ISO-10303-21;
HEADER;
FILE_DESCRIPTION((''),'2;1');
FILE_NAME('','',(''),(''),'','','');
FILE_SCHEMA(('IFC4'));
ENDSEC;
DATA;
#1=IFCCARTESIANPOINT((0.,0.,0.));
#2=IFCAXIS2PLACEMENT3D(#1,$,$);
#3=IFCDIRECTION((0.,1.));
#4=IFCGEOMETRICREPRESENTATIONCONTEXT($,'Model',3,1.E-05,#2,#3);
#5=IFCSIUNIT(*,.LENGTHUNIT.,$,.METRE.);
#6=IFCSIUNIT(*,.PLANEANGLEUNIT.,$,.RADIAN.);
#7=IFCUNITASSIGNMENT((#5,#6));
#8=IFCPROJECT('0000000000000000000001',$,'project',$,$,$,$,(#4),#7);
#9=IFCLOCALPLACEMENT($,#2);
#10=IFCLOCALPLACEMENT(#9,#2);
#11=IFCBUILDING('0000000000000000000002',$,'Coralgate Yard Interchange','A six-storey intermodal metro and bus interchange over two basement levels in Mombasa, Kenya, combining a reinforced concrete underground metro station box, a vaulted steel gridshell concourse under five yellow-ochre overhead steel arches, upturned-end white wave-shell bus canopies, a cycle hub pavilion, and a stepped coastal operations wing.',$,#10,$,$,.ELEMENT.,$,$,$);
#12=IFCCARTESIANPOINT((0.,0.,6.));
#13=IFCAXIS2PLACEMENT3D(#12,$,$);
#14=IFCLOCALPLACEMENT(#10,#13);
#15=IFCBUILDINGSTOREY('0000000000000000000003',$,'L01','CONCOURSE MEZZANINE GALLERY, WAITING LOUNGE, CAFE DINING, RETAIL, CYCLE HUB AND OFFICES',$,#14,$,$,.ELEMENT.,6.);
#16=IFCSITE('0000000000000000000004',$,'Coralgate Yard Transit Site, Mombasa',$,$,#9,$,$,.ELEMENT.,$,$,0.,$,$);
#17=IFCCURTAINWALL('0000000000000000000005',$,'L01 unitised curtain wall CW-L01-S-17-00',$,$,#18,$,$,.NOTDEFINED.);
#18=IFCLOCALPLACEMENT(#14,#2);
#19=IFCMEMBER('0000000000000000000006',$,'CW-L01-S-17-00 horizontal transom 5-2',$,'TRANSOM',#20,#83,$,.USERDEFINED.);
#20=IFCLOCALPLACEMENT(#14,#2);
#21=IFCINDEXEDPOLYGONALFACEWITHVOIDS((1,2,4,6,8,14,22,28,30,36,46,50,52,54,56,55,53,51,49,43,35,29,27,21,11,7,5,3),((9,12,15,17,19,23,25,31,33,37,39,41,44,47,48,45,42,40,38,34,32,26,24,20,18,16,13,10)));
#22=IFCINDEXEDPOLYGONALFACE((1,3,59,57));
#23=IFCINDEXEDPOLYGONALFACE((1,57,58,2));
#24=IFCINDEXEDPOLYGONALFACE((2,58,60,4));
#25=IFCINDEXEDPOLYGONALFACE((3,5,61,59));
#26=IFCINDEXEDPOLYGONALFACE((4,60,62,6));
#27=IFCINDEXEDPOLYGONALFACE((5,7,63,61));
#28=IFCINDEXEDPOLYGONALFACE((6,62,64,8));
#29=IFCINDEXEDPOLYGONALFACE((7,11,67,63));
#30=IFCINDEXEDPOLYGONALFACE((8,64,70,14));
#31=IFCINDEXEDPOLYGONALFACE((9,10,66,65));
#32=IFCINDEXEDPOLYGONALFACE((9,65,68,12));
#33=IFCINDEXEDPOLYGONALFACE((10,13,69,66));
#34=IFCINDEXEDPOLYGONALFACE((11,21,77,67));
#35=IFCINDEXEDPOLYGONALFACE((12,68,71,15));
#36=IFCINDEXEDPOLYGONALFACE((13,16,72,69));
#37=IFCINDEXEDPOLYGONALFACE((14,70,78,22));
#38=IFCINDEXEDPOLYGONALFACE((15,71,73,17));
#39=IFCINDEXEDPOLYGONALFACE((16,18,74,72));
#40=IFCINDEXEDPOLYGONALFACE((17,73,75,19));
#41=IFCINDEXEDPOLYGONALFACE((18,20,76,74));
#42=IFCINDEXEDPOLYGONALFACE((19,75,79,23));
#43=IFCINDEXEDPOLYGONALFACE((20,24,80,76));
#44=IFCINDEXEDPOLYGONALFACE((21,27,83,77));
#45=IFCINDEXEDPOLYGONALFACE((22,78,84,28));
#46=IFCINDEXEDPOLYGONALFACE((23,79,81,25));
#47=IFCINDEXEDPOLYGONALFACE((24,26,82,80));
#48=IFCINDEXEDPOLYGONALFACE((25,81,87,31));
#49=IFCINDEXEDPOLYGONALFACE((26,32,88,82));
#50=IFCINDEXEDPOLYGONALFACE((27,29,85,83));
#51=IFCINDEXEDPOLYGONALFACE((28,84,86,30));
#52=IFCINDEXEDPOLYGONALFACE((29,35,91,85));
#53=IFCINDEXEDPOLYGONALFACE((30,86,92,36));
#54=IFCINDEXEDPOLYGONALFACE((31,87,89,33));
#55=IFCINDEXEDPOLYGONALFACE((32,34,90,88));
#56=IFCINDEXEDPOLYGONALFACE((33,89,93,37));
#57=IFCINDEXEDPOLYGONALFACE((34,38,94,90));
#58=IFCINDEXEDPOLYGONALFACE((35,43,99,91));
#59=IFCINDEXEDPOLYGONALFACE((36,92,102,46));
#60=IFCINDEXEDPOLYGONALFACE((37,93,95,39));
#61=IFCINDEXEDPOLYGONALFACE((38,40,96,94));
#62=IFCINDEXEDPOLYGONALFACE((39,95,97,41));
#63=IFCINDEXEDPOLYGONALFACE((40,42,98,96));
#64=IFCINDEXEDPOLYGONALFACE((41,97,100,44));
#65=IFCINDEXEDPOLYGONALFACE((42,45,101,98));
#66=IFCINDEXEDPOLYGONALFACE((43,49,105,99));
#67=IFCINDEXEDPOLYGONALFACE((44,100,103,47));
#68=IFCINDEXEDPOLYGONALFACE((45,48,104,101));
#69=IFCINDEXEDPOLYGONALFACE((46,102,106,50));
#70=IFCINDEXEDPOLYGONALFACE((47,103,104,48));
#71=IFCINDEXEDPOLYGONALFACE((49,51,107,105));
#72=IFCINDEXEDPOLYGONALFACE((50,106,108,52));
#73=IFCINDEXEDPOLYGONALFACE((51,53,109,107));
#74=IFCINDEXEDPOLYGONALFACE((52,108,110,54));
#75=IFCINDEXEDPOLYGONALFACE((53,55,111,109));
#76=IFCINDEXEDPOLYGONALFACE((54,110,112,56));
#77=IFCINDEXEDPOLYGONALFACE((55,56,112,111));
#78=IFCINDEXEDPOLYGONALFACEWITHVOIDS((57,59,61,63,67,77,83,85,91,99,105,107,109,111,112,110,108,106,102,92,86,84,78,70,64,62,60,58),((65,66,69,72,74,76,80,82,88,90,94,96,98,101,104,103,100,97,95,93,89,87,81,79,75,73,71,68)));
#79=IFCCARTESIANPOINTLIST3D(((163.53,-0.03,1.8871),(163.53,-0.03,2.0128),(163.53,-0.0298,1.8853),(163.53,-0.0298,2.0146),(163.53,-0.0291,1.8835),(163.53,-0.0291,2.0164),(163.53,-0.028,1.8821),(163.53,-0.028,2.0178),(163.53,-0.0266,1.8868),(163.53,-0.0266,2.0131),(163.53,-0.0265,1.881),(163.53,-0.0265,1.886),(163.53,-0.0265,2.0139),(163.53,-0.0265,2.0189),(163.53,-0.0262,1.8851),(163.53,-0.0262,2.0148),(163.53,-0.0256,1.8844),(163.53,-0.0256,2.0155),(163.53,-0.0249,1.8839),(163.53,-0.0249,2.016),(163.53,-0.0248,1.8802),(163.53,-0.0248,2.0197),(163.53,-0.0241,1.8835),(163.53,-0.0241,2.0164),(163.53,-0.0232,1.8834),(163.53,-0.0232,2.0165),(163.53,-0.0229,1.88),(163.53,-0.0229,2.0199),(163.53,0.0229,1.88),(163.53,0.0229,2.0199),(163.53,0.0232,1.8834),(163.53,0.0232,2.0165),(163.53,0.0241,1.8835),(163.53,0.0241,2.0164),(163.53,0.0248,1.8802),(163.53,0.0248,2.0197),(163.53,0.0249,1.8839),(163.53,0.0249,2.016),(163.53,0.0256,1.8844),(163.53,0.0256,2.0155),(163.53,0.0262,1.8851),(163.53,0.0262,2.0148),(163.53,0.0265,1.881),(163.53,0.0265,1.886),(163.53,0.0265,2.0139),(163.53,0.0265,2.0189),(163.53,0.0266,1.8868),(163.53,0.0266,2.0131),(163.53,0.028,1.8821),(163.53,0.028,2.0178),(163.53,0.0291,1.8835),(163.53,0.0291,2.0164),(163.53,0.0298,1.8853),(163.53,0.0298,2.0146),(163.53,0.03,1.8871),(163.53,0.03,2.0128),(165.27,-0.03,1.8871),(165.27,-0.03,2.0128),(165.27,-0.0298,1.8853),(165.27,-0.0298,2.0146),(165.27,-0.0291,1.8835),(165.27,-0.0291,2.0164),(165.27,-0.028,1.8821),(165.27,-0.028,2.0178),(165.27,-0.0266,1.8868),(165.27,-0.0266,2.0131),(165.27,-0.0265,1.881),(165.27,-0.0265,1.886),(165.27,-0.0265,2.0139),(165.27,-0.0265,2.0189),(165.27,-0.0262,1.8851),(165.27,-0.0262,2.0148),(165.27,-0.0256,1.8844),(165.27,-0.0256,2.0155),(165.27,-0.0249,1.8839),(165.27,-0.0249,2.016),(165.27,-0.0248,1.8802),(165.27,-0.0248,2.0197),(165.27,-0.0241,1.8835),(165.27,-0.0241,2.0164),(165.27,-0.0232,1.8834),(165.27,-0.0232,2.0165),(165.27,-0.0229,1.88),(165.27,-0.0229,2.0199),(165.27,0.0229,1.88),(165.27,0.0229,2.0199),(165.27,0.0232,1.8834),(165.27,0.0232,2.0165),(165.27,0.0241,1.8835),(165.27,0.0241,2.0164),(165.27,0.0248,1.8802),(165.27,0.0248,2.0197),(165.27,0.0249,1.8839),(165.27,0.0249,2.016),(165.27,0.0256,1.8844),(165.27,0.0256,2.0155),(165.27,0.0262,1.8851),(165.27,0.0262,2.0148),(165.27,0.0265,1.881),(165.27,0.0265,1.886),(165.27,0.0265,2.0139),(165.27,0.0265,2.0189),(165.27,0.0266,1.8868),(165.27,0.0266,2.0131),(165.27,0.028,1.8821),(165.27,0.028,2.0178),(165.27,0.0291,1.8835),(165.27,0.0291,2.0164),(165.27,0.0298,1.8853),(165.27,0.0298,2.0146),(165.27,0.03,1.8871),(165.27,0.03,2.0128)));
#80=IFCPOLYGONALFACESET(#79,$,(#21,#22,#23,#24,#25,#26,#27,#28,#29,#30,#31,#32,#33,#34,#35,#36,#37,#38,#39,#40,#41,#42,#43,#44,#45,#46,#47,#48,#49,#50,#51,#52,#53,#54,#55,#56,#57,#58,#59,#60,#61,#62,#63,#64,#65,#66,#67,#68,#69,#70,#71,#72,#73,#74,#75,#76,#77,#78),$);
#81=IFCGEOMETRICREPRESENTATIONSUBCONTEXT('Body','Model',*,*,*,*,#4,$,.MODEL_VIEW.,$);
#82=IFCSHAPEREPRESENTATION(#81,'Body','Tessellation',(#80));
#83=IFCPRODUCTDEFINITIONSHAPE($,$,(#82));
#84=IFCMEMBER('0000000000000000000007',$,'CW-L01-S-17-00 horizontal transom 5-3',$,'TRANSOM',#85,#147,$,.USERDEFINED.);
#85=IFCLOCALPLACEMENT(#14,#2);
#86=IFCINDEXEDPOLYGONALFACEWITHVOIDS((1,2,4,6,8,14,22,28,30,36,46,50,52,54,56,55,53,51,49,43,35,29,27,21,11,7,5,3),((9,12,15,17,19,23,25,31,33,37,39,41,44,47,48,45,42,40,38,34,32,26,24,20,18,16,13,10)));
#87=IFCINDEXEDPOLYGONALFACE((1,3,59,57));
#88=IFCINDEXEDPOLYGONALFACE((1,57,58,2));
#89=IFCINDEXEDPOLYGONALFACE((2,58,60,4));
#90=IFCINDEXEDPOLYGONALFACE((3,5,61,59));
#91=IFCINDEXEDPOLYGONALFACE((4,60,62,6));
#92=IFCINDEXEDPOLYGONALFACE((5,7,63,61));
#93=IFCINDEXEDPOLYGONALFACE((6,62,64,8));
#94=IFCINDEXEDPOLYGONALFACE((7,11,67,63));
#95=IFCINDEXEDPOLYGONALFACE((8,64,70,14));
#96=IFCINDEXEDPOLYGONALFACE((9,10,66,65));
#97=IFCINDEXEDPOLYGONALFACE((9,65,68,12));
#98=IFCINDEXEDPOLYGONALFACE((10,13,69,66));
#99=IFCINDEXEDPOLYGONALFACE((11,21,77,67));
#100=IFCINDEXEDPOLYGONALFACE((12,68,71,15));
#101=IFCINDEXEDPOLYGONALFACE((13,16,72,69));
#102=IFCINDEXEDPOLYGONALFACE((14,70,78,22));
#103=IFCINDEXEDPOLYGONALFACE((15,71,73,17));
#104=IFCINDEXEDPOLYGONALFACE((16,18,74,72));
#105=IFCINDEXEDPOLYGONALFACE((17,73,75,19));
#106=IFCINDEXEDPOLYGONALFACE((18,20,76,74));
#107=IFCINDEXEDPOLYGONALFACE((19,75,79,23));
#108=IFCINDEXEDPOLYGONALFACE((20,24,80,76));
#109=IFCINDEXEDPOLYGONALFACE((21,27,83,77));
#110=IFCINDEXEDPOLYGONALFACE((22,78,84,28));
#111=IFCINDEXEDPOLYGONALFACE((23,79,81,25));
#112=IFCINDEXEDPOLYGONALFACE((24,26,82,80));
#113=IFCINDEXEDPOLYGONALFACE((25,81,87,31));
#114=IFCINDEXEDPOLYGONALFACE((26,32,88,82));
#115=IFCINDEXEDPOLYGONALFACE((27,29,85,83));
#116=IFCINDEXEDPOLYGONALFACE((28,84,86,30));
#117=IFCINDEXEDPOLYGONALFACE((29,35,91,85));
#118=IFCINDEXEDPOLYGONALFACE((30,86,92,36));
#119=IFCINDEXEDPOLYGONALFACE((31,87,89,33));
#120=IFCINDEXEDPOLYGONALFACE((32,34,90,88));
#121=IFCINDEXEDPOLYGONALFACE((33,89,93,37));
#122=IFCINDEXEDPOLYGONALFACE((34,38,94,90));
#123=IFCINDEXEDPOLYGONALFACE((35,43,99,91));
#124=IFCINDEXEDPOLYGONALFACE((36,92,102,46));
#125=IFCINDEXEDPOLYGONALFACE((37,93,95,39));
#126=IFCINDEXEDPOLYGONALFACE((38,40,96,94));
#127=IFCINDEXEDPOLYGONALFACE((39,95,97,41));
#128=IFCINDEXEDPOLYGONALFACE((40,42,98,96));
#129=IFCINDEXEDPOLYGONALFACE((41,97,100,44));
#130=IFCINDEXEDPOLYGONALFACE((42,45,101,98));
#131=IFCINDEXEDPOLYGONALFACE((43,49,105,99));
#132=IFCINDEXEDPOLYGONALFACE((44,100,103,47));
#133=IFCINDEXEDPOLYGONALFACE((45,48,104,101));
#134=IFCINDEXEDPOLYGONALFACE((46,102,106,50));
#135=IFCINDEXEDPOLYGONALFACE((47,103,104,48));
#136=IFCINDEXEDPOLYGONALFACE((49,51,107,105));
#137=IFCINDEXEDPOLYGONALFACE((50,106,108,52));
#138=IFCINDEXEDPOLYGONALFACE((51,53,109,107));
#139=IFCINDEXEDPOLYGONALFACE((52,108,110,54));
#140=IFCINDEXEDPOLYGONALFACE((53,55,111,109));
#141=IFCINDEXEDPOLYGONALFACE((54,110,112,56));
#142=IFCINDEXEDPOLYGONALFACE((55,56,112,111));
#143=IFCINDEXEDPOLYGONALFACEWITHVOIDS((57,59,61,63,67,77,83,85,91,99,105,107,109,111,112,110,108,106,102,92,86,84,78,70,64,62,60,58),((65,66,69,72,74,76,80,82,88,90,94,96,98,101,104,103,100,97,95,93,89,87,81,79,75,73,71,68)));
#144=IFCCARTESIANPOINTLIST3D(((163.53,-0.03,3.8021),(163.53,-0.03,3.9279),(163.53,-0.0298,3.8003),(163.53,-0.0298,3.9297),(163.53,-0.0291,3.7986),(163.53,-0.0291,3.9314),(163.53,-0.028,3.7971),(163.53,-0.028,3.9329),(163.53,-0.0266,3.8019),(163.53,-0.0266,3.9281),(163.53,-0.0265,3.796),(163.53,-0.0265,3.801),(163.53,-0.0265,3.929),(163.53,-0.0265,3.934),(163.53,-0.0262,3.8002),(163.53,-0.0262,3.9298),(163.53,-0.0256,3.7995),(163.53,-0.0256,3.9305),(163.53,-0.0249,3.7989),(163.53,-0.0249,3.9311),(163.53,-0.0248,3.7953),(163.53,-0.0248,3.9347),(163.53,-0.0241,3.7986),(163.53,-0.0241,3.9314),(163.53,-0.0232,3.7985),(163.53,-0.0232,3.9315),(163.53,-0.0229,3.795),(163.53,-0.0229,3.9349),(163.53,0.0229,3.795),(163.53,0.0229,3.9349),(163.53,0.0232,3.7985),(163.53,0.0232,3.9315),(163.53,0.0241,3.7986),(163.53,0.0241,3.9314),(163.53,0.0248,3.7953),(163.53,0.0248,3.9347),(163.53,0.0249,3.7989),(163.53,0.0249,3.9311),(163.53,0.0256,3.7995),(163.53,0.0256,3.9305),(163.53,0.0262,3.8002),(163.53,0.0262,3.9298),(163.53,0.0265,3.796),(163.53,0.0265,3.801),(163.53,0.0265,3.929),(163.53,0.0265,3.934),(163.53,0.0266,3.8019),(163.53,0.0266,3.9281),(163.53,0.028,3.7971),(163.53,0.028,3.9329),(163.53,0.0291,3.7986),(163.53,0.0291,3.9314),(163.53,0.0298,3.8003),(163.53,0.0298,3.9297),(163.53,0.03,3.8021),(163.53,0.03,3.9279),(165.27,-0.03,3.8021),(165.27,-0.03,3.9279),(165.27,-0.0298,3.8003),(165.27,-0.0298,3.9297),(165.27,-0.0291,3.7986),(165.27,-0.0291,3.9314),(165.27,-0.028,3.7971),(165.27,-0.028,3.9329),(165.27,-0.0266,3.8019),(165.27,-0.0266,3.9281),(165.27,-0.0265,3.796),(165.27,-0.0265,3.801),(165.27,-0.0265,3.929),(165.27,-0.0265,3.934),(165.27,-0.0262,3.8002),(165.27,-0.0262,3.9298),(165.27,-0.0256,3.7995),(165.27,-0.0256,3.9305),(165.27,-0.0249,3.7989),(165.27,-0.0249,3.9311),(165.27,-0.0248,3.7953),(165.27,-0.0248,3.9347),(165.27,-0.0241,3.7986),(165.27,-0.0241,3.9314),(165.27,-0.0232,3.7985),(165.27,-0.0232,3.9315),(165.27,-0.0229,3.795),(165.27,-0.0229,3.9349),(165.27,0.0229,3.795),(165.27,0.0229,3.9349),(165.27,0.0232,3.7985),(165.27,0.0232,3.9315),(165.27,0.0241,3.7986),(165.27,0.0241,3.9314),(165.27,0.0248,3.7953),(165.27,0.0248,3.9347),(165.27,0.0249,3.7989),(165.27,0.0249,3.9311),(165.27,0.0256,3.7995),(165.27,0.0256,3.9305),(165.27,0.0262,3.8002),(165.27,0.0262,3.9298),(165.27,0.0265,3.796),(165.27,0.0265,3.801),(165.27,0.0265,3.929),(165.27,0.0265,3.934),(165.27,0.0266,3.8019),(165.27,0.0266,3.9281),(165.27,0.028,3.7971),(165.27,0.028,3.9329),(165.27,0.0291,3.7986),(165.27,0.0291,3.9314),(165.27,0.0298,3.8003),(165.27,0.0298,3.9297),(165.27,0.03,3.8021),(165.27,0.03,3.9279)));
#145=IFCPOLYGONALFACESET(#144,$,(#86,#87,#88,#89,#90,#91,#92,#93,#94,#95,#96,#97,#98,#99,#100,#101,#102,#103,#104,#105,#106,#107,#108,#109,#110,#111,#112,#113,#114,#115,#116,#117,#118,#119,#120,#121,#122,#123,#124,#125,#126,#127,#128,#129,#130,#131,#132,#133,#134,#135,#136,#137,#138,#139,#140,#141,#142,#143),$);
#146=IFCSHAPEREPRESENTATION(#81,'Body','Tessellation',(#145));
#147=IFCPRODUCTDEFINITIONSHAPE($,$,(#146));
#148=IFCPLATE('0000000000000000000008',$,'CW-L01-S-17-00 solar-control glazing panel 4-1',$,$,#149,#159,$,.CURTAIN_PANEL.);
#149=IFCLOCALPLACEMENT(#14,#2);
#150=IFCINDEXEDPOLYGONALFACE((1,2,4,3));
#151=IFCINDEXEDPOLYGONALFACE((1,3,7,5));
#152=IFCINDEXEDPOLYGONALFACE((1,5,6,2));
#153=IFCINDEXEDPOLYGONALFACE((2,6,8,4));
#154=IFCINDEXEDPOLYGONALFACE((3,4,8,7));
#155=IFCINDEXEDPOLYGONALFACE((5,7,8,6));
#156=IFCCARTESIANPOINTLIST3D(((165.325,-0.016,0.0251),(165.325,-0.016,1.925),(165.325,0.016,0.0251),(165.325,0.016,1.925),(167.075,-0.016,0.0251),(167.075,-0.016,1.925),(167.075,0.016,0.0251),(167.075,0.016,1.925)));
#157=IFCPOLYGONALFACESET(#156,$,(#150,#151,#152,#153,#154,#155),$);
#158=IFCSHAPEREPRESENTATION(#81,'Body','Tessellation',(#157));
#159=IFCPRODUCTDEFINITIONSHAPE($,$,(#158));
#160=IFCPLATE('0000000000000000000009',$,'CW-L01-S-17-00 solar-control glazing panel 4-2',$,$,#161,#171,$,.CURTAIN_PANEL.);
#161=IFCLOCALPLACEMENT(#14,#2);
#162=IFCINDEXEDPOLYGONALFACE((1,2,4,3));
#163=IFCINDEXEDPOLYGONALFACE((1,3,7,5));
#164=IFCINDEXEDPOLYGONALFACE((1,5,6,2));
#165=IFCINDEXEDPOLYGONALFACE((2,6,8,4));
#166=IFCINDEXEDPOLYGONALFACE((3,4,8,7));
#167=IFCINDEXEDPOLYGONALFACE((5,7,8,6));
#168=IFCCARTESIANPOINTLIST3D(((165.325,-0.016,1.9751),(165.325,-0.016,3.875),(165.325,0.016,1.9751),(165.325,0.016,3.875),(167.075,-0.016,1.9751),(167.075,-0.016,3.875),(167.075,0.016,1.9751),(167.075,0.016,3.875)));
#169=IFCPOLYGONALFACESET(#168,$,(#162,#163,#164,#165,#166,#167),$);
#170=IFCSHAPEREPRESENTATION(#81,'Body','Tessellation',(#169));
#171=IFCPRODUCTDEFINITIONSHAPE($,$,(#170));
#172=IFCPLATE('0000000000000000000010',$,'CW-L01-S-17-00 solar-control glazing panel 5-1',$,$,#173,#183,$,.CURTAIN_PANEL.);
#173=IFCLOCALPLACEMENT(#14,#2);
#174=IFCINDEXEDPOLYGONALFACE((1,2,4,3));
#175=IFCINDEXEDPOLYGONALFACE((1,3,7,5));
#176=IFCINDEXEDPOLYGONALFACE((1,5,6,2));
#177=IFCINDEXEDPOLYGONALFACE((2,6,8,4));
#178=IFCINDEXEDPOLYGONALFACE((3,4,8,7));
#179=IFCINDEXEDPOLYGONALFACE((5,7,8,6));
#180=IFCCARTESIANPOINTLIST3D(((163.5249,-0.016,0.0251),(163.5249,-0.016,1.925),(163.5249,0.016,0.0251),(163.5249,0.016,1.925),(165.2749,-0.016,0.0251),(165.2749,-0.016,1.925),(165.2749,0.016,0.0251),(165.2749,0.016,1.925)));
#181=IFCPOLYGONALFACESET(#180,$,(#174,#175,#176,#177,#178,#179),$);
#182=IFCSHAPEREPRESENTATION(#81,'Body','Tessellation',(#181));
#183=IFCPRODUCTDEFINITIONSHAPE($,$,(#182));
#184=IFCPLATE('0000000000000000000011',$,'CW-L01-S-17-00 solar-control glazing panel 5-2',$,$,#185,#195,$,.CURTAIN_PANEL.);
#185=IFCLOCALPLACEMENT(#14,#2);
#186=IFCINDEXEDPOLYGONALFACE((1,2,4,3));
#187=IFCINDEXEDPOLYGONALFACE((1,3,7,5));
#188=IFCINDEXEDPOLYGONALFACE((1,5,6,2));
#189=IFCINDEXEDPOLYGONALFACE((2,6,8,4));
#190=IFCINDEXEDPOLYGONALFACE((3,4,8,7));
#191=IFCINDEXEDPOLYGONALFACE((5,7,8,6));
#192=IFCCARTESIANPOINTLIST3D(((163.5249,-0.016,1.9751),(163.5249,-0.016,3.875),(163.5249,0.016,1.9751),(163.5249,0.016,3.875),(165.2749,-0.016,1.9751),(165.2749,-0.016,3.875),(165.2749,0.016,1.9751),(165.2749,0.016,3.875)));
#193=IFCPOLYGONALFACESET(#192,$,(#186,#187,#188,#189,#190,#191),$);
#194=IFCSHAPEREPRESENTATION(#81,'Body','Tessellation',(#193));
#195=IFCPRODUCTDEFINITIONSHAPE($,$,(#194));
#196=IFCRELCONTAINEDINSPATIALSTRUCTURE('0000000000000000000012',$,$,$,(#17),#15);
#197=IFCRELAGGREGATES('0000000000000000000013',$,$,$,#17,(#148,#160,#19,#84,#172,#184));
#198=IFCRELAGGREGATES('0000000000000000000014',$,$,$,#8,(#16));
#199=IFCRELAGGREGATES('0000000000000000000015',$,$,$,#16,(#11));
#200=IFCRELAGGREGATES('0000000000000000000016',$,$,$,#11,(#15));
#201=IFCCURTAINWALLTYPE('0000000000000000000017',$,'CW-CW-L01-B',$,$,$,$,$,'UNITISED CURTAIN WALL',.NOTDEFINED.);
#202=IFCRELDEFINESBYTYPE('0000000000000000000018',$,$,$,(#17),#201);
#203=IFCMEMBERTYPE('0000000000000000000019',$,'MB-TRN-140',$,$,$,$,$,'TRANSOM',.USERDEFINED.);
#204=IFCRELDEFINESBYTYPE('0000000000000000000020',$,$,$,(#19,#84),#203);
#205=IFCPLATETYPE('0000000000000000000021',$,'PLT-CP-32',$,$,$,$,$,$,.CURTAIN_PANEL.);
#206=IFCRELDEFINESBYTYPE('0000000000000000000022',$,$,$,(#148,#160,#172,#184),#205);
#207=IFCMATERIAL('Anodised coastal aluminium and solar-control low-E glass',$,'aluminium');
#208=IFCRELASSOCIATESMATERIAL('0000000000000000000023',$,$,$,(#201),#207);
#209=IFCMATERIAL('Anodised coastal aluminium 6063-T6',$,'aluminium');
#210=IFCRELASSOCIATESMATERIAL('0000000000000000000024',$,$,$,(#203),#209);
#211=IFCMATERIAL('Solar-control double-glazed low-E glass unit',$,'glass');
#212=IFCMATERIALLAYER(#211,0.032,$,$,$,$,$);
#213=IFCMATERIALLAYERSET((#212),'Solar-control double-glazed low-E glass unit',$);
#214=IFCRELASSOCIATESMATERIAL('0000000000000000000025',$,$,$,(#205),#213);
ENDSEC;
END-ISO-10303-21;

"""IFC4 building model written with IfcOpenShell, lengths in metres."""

from ifc_helpers import new_model, si_unit, direction, frame, origin, origin_2d, place, context, subcontext, project, spatial, rectangle, hollow_rectangle, extrude, material, layer, layer_set, material_profile, profile_set, type_object, element, aggregate, save


model = new_model("IFC4")

# Units and contexts
model_context = context("Model", 3, precision=1e-05, world=origin(), true_north=direction((0.0, 1.0)))
body_context = subcontext(model_context, "Body", "Model", "MODEL_VIEW")
ifc_project = project(units=[si_unit("LENGTHUNIT", "METRE"), si_unit("PLANEANGLEUNIT", "RADIAN")], contexts=[model_context])

# Site, building, storey
site_placement = place(None, origin())
site = spatial("IfcSite", under=ifc_project, at=site_placement, Name="Coralgate Yard Transit Site, Mombasa", CompositionType="ELEMENT", RefElevation=0.0)
building_placement = place(site_placement, origin())
building = spatial("IfcBuilding", under=site, at=building_placement, Name="Coralgate Yard Interchange", Description="A six-storey intermodal metro and bus interchange over two basement levels in Mombasa, Kenya, combining a reinforced concrete underground metro station box, a vaulted steel gridshell concourse under five yellow-ochre overhead steel arches, upturned-end white wave-shell bus canopies, a cycle hub pavilion, and a stepped coastal operations wing.", CompositionType="ELEMENT")
storey_placement = place(building_placement, frame((0.0, 0.0, 6.0)))
storey = spatial("IfcBuildingStorey", under=building, at=storey_placement, Name="L01", Description="CONCOURSE MEZZANINE GALLERY, WAITING LOUNGE, CAFE DINING, RETAIL, CYCLE HUB AND OFFICES", CompositionType="ELEMENT", Elevation=6.0)

# Curtain wall, members, plates
ifc_material_1 = material(Name="Anodised coastal aluminium and solar-control low-E glass", Category="aluminium")
curtain_wall_type = type_object("IfcCurtainWallType", Name="CW-CW-L01-B", ElementType="UNITISED CURTAIN WALL", PredefinedType="NOTDEFINED", material=ifc_material_1)
curtain_wall_placement = place(storey_placement, origin())
curtain_wall = element("IfcCurtainWall", 1, at=curtain_wall_placement, inside=storey, type_object=curtain_wall_type, Name="L01 unitised curtain wall CW-L01-S-17-00", PredefinedType="NOTDEFINED")
ifc_material_2 = material(Name="Anodised coastal aluminium 6063-T6", Category="aluminium")
ifc_material_profile_1 = material_profile(ifc_material_2, hollow_rectangle(XDim=0.0601, YDim=0.1399, WallThickness=0.0034, InnerFilletRadius=0.0034, OuterFilletRadius=0.0071, at=origin_2d()), Name="ALU 60x140x3.5")
ifc_profile_set_1 = profile_set([ifc_material_profile_1], Name="Anodised coastal aluminium 6063-T6")
member_type_1 = type_object("IfcMemberType", Name="MB-TRN-140", ElementType="TRANSOM", PredefinedType="USERDEFINED", material=ifc_profile_set_1)
member_1_placement = place(storey_placement, frame((165.27, 0.0, 1.95), z_axis=(-1.0, 0.0, 0.0), x_axis=(0.0, -1.0, 0.0)))
member_1 = element("IfcMember", 2, at=member_1_placement, type_object=member_type_1, Name="CW-L01-S-17-00 horizontal transom 5-2", ObjectType="TRANSOM", PredefinedType="USERDEFINED", context=body_context, shape_type="SweptSolid", body=[
    extrude(hollow_rectangle(XDim=0.0601, YDim=0.1399, WallThickness=0.0034, InnerFilletRadius=0.0034, OuterFilletRadius=0.0071, at=origin_2d()), origin(), (0.0, 0.0, 1.0), 1.74),
])
member_2_placement = place(storey_placement, frame((165.27, 0.0, 3.865), z_axis=(-1.0, 0.0, 0.0), x_axis=(0.0, -1.0, 0.0)))
member_2 = element("IfcMember", 3, at=member_2_placement, type_object=member_type_1, Name="CW-L01-S-17-00 horizontal transom 5-3", ObjectType="TRANSOM", PredefinedType="USERDEFINED", context=body_context, shape_type="SweptSolid", body=[
    extrude(hollow_rectangle(XDim=0.0601, YDim=0.1399, WallThickness=0.0034, InnerFilletRadius=0.0034, OuterFilletRadius=0.0071, at=origin_2d()), origin(), (0.0, 0.0, 1.0), 1.74),
])
ifc_material_3 = material(Name="Solar-control double-glazed low-E glass unit", Category="glass")
ifc_layer_1 = layer(ifc_material_3, 0.032)
ifc_layer_set_1 = layer_set([ifc_layer_1], Name="Solar-control double-glazed low-E glass unit")
plate_type = type_object("IfcPlateType", Name="PLT-CP-32", PredefinedType="CURTAIN_PANEL", material=ifc_layer_set_1)
plate_1_placement = place(storey_placement, frame((166.2, 0.0, 0.0251), z_axis=(0.0, 0.0, 1.0), x_axis=(-1.0, 0.0, 0.0)))
plate_1 = element("IfcPlate", 4, at=plate_1_placement, type_object=plate_type, Name="CW-L01-S-17-00 solar-control glazing panel 4-1", PredefinedType="CURTAIN_PANEL", context=body_context, shape_type="SweptSolid", body=[
    extrude(rectangle(XDim=1.75, YDim=0.032, at=origin_2d()), origin(), (0.0, 0.0, 1.0), 1.8999),
])
plate_2_placement = place(storey_placement, frame((166.2, 0.0, 1.9751), z_axis=(0.0, 0.0, 1.0), x_axis=(-1.0, 0.0, 0.0)))
plate_2 = element("IfcPlate", 5, at=plate_2_placement, type_object=plate_type, Name="CW-L01-S-17-00 solar-control glazing panel 4-2", PredefinedType="CURTAIN_PANEL", context=body_context, shape_type="SweptSolid", body=[
    extrude(rectangle(XDim=1.75, YDim=0.032, at=origin_2d()), origin(), (0.0, 0.0, 1.0), 1.8999),
])
plate_3_placement = place(storey_placement, frame((164.3999, 0.0, 0.0251), z_axis=(0.0, 0.0, 1.0), x_axis=(-1.0, 0.0, 0.0)))
plate_3 = element("IfcPlate", 6, at=plate_3_placement, type_object=plate_type, Name="CW-L01-S-17-00 solar-control glazing panel 5-1", PredefinedType="CURTAIN_PANEL", context=body_context, shape_type="SweptSolid", body=[
    extrude(rectangle(XDim=1.75, YDim=0.032, at=origin_2d()), origin(), (0.0, 0.0, 1.0), 1.8999),
])
plate_4_placement = place(storey_placement, frame((164.3999, 0.0, 1.9751), z_axis=(0.0, 0.0, 1.0), x_axis=(-1.0, 0.0, 0.0)))
plate_4 = element("IfcPlate", 7, at=plate_4_placement, type_object=plate_type, Name="CW-L01-S-17-00 solar-control glazing panel 5-2", PredefinedType="CURTAIN_PANEL", context=body_context, shape_type="SweptSolid", body=[
    extrude(rectangle(XDim=1.75, YDim=0.032, at=origin_2d()), origin(), (0.0, 0.0, 1.0), 1.8999),
])
aggregate(curtain_wall, [plate_1, plate_2, member_1, member_2, plate_3, plate_4])

save(model, "model.ifc")
